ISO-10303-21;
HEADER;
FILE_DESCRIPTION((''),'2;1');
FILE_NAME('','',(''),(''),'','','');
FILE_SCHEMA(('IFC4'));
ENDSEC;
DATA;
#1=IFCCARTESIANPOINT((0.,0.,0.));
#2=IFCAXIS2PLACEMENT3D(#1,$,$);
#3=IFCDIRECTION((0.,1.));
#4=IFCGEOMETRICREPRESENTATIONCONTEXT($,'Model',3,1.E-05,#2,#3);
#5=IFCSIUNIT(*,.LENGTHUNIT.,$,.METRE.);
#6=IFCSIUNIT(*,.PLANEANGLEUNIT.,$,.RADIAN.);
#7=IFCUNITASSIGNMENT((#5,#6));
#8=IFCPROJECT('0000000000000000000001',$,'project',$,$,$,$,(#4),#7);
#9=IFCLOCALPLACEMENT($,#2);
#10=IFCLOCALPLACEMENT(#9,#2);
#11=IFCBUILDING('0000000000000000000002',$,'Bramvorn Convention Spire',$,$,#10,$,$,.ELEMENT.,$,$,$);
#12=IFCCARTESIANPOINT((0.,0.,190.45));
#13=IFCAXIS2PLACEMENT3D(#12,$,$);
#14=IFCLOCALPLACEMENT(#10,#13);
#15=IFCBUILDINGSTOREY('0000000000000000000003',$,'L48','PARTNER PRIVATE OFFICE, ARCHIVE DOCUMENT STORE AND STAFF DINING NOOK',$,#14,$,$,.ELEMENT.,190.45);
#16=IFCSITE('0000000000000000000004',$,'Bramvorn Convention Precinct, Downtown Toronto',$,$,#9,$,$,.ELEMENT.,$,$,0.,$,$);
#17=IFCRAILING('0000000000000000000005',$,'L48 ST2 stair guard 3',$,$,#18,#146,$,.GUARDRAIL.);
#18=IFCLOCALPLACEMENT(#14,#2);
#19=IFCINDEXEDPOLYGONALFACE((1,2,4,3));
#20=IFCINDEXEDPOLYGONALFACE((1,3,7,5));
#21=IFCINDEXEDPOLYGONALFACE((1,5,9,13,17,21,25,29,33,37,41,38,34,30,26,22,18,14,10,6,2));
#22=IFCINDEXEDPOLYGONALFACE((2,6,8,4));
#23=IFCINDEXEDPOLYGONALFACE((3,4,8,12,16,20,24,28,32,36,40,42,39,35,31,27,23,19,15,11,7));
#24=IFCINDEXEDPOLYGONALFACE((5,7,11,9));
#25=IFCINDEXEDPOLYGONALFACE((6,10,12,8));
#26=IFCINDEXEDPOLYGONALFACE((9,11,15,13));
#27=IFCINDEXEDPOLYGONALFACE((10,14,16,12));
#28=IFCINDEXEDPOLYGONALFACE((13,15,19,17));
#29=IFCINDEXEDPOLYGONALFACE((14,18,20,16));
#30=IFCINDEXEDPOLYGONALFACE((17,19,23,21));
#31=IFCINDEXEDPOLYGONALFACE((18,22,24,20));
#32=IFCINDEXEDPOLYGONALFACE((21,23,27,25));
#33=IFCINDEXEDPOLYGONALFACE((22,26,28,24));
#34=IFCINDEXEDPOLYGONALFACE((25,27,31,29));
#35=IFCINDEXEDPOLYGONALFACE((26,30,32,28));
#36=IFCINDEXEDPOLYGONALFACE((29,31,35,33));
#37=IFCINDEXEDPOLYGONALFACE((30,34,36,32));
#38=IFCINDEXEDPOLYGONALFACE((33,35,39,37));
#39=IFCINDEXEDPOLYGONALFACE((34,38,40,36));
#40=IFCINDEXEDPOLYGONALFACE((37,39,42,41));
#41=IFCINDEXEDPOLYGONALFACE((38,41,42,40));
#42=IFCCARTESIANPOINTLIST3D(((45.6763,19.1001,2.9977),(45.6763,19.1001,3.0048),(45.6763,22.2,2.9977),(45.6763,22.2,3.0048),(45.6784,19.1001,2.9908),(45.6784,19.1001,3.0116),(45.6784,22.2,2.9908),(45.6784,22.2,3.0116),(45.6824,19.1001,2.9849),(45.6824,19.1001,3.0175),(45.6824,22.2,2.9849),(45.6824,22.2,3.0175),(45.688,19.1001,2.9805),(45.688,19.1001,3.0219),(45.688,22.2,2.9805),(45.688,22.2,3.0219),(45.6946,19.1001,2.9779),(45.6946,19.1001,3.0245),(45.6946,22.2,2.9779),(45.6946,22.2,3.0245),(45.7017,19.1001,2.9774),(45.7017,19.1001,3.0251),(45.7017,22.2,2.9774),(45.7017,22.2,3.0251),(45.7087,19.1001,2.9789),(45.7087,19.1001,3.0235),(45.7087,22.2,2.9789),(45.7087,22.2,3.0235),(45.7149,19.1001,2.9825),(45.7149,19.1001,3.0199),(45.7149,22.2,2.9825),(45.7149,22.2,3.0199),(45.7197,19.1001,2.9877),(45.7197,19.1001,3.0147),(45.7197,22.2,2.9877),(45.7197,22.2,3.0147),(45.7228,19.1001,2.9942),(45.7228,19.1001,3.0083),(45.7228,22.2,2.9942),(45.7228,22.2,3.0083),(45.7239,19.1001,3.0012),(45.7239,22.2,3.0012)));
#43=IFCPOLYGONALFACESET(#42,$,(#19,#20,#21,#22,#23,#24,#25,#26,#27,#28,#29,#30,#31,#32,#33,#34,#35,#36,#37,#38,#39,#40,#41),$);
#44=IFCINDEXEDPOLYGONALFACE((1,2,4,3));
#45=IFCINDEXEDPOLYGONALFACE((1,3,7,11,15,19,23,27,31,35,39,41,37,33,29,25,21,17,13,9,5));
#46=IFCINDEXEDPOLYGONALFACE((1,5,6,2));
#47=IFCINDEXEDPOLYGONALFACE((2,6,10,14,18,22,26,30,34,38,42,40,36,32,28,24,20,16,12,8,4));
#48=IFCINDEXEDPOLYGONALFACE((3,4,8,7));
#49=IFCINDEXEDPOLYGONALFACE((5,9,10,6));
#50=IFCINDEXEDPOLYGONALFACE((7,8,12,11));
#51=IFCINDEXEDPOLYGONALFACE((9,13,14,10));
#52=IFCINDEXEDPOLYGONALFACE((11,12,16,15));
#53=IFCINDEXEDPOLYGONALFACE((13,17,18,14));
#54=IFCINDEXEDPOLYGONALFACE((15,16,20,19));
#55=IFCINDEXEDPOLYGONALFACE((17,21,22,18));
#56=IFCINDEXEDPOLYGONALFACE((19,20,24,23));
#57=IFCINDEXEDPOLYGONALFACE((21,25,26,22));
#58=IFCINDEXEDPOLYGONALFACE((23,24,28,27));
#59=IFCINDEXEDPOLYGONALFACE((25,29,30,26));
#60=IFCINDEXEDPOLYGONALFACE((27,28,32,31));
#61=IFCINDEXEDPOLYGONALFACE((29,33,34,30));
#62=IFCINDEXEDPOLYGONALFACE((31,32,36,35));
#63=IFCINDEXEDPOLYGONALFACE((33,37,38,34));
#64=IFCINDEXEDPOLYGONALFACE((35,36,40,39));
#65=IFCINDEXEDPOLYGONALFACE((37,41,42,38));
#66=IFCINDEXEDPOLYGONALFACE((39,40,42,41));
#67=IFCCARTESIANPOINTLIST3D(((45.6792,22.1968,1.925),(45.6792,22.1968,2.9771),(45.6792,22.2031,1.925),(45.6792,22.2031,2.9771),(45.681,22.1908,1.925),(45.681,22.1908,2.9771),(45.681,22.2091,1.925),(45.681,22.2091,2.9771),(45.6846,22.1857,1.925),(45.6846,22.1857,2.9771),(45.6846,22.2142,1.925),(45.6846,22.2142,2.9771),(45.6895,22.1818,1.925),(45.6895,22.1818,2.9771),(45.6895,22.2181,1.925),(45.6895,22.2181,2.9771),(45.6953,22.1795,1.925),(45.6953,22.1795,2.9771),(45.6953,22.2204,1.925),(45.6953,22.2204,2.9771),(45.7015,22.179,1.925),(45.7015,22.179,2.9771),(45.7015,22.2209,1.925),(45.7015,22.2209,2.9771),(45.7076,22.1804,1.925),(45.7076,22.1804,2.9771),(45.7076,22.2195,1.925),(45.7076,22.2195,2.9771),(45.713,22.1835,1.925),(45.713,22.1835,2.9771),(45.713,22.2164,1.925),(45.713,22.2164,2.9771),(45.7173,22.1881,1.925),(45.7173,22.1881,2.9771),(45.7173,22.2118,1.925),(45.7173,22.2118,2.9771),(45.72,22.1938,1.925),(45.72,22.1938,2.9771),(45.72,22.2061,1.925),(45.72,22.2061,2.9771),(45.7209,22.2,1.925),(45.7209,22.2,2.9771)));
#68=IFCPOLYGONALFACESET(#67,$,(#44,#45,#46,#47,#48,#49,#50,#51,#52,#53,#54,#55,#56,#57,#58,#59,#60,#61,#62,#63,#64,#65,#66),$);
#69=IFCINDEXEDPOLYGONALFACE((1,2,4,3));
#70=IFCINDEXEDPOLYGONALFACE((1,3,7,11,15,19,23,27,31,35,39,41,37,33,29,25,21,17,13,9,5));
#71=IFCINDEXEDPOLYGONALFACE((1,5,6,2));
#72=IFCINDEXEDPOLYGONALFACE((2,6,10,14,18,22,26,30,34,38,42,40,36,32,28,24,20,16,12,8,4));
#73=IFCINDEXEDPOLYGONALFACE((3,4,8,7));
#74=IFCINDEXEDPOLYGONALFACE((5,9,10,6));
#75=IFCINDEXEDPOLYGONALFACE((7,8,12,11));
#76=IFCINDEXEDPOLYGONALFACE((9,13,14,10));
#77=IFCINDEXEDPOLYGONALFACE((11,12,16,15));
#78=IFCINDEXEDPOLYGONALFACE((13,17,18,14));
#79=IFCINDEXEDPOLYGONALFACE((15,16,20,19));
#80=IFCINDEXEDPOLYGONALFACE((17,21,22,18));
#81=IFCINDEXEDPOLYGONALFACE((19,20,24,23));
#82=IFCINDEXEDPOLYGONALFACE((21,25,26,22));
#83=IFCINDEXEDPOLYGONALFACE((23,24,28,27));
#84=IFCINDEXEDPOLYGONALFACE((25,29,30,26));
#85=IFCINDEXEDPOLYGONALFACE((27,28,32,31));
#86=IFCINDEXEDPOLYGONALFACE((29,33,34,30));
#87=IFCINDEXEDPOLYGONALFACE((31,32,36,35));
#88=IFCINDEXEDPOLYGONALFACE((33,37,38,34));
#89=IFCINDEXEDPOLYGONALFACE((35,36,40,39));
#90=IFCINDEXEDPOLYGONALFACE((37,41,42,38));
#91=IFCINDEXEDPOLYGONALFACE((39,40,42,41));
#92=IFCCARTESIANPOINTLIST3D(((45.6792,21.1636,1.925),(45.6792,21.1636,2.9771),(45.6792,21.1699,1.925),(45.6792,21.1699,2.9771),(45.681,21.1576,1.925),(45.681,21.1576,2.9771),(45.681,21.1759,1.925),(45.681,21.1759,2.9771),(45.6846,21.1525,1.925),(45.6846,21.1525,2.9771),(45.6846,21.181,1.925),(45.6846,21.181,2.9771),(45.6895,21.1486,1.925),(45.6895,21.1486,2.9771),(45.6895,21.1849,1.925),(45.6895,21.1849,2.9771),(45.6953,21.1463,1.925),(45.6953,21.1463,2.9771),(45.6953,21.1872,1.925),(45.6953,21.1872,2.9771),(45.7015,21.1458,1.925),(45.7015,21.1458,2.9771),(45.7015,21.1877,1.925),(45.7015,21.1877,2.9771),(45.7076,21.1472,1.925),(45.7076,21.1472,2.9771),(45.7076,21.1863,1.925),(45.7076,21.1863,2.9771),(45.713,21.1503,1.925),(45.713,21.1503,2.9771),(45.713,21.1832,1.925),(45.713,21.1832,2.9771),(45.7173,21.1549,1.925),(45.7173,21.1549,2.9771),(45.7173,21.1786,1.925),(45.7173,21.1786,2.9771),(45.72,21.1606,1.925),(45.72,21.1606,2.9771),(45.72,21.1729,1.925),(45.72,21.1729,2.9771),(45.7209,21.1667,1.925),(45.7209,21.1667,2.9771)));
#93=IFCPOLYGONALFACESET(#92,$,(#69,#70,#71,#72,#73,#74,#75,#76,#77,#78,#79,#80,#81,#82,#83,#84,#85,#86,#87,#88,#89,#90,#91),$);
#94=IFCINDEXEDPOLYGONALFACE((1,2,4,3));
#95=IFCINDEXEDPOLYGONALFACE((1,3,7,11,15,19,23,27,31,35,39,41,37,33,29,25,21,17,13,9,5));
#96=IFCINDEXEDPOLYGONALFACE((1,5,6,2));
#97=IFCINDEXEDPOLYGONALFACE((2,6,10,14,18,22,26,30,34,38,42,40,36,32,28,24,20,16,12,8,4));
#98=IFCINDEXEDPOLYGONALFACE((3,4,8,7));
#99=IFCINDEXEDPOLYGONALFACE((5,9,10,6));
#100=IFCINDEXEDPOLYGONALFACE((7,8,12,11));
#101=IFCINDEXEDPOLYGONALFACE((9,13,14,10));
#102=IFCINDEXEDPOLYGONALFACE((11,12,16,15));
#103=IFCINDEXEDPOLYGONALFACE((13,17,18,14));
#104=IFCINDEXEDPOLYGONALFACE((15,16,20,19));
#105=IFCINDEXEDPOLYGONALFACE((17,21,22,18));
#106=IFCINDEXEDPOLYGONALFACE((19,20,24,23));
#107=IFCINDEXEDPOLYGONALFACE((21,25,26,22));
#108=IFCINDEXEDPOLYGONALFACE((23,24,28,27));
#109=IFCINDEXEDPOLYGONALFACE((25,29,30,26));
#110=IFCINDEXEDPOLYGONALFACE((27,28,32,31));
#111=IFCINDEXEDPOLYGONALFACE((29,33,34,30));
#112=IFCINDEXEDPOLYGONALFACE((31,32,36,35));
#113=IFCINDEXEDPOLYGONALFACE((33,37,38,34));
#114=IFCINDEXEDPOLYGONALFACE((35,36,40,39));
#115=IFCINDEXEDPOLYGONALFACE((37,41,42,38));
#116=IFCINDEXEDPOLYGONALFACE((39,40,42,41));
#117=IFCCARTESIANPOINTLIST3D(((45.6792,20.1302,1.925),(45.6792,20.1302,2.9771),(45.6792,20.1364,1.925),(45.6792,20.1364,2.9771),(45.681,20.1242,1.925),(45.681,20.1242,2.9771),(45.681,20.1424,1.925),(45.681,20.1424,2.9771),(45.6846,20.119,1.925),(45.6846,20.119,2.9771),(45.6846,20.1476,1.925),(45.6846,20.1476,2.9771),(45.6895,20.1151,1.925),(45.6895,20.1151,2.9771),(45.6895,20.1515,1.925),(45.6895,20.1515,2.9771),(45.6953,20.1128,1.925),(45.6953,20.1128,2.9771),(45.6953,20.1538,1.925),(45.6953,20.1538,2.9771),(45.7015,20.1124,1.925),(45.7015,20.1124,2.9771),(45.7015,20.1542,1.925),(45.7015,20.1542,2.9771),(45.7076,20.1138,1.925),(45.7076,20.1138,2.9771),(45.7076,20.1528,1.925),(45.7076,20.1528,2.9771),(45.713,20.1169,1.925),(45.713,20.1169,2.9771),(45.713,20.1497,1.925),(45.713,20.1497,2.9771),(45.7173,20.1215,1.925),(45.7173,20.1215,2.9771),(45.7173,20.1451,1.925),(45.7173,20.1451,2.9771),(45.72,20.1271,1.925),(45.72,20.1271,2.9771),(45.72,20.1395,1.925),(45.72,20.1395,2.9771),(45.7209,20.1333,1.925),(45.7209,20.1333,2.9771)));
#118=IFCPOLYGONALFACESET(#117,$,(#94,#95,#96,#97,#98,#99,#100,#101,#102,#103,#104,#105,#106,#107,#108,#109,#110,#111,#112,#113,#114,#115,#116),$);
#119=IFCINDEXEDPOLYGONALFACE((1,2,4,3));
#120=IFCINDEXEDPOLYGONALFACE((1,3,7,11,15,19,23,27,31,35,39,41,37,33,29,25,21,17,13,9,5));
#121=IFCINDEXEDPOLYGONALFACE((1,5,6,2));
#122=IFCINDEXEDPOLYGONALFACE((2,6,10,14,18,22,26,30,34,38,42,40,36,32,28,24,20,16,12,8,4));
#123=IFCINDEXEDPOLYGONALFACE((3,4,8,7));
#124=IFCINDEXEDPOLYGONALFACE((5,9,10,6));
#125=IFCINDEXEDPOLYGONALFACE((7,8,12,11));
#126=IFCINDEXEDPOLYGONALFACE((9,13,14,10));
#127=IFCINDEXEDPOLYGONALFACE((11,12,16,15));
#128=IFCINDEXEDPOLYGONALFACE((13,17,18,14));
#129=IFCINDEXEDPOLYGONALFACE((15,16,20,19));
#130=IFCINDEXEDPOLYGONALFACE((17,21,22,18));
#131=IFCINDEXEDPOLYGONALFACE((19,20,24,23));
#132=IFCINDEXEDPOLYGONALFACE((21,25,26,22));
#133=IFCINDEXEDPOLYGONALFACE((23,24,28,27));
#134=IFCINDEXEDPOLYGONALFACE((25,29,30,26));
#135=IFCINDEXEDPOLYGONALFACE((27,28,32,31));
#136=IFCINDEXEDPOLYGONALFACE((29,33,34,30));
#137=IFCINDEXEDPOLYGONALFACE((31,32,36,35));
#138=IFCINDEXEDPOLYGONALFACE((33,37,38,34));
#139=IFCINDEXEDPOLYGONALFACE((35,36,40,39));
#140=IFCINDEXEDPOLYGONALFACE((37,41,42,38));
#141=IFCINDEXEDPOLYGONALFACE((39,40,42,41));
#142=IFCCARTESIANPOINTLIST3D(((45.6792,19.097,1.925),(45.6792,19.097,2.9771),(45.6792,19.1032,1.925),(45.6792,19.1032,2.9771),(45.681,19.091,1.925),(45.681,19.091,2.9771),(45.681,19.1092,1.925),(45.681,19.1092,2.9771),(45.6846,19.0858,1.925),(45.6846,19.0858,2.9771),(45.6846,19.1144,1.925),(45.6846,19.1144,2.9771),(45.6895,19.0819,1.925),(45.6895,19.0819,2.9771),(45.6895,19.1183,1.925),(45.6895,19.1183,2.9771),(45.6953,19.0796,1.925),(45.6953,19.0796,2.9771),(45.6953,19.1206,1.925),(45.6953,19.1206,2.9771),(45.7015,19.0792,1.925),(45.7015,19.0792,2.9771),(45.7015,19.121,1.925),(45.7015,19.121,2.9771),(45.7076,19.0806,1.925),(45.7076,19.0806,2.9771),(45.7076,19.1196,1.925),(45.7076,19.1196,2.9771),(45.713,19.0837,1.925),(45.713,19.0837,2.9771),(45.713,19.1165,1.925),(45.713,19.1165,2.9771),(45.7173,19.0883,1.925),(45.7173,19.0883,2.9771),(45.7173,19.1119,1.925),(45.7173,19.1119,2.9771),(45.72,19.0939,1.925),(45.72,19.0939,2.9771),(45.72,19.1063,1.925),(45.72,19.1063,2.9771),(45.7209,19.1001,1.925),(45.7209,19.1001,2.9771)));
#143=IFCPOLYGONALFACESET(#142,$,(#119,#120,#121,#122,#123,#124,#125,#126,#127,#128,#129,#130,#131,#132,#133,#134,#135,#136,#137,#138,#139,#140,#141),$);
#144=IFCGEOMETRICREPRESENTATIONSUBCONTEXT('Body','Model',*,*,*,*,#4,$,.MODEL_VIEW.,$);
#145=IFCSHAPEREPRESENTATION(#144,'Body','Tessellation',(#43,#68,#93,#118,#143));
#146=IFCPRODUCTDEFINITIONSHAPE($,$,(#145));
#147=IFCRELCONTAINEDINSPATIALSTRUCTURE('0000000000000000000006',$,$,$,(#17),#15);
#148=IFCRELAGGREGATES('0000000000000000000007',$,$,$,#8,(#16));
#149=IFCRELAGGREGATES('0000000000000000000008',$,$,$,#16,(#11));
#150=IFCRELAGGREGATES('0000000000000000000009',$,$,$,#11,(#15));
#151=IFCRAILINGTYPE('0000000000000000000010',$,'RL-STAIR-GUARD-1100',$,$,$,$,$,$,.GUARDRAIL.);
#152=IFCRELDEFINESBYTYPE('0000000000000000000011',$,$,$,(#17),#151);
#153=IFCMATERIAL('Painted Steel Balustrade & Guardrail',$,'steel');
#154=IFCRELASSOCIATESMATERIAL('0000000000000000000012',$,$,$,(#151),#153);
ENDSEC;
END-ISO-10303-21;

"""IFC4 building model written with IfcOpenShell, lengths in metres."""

from ifc_helpers import new_model, si_unit, direction, frame, origin, origin_2d, place, context, subcontext, project, spatial, circle, extrude, material, type_object, element, save


model = new_model("IFC4")

# Units and contexts
model_context = context("Model", 3, precision=1e-05, world=origin(), true_north=direction((0.0, 1.0)))
body_context = subcontext(model_context, "Body", "Model", "MODEL_VIEW")
ifc_project = project(units=[si_unit("LENGTHUNIT", "METRE"), si_unit("PLANEANGLEUNIT", "RADIAN")], contexts=[model_context])

# Site, building, storey
site_placement = place(None, origin())
site = spatial("IfcSite", under=ifc_project, at=site_placement, Name="Bramvorn Convention Precinct, Downtown Toronto", CompositionType="ELEMENT", RefElevation=0.0)
building_placement = place(site_placement, origin())
building = spatial("IfcBuilding", under=site, at=building_placement, Name="Bramvorn Convention Spire", CompositionType="ELEMENT")
storey_placement = place(building_placement, frame((0.0, 0.0, 190.45)))
storey = spatial("IfcBuildingStorey", under=building, at=storey_placement, Name="L48", Description="PARTNER PRIVATE OFFICE, ARCHIVE DOCUMENT STORE AND STAFF DINING NOOK", CompositionType="ELEMENT", Elevation=190.45)

# Railing
ifc_material_1 = material(Name="Painted Steel Balustrade & Guardrail", Category="steel")
railing_type_1 = type_object("IfcRailingType", Name="RL-STAIR-GUARD-1100", PredefinedType="GUARDRAIL", material=ifc_material_1)
railing_1_placement = place(storey_placement, frame((45.7, 22.2, 1.925)))
element("IfcRailing", 1, at=railing_1_placement, inside=storey, type_object=railing_type_1, Name="L48 ST2 stair guard 3", PredefinedType="GUARDRAIL", context=body_context, shape_type="SweptSolid", body=[
    extrude(circle(Radius=0.0239, at=origin_2d()), frame((0.0, 0.0, 1.0762), z_axis=(0.0, -1.0, 0.0), x_axis=(1.0, 0.0, 0.0)), (0.0, 0.0, 1.0), 3.0999),
    extrude(circle(Radius=0.021, at=origin_2d()), origin(), (0.0, 0.0, 1.0), 1.052),
    extrude(circle(Radius=0.021, at=origin_2d()), frame((0.0, -1.0332, 0.0)), (0.0, 0.0, 1.0), 1.052),
    extrude(circle(Radius=0.021, at=origin_2d()), frame((0.0, -2.0667, 0.0)), (0.0, 0.0, 1.0), 1.052),
    extrude(circle(Radius=0.021, at=origin_2d()), frame((0.0, -3.0999, 0.0)), (0.0, 0.0, 1.0), 1.052),
])

save(model, "model.ifc")
